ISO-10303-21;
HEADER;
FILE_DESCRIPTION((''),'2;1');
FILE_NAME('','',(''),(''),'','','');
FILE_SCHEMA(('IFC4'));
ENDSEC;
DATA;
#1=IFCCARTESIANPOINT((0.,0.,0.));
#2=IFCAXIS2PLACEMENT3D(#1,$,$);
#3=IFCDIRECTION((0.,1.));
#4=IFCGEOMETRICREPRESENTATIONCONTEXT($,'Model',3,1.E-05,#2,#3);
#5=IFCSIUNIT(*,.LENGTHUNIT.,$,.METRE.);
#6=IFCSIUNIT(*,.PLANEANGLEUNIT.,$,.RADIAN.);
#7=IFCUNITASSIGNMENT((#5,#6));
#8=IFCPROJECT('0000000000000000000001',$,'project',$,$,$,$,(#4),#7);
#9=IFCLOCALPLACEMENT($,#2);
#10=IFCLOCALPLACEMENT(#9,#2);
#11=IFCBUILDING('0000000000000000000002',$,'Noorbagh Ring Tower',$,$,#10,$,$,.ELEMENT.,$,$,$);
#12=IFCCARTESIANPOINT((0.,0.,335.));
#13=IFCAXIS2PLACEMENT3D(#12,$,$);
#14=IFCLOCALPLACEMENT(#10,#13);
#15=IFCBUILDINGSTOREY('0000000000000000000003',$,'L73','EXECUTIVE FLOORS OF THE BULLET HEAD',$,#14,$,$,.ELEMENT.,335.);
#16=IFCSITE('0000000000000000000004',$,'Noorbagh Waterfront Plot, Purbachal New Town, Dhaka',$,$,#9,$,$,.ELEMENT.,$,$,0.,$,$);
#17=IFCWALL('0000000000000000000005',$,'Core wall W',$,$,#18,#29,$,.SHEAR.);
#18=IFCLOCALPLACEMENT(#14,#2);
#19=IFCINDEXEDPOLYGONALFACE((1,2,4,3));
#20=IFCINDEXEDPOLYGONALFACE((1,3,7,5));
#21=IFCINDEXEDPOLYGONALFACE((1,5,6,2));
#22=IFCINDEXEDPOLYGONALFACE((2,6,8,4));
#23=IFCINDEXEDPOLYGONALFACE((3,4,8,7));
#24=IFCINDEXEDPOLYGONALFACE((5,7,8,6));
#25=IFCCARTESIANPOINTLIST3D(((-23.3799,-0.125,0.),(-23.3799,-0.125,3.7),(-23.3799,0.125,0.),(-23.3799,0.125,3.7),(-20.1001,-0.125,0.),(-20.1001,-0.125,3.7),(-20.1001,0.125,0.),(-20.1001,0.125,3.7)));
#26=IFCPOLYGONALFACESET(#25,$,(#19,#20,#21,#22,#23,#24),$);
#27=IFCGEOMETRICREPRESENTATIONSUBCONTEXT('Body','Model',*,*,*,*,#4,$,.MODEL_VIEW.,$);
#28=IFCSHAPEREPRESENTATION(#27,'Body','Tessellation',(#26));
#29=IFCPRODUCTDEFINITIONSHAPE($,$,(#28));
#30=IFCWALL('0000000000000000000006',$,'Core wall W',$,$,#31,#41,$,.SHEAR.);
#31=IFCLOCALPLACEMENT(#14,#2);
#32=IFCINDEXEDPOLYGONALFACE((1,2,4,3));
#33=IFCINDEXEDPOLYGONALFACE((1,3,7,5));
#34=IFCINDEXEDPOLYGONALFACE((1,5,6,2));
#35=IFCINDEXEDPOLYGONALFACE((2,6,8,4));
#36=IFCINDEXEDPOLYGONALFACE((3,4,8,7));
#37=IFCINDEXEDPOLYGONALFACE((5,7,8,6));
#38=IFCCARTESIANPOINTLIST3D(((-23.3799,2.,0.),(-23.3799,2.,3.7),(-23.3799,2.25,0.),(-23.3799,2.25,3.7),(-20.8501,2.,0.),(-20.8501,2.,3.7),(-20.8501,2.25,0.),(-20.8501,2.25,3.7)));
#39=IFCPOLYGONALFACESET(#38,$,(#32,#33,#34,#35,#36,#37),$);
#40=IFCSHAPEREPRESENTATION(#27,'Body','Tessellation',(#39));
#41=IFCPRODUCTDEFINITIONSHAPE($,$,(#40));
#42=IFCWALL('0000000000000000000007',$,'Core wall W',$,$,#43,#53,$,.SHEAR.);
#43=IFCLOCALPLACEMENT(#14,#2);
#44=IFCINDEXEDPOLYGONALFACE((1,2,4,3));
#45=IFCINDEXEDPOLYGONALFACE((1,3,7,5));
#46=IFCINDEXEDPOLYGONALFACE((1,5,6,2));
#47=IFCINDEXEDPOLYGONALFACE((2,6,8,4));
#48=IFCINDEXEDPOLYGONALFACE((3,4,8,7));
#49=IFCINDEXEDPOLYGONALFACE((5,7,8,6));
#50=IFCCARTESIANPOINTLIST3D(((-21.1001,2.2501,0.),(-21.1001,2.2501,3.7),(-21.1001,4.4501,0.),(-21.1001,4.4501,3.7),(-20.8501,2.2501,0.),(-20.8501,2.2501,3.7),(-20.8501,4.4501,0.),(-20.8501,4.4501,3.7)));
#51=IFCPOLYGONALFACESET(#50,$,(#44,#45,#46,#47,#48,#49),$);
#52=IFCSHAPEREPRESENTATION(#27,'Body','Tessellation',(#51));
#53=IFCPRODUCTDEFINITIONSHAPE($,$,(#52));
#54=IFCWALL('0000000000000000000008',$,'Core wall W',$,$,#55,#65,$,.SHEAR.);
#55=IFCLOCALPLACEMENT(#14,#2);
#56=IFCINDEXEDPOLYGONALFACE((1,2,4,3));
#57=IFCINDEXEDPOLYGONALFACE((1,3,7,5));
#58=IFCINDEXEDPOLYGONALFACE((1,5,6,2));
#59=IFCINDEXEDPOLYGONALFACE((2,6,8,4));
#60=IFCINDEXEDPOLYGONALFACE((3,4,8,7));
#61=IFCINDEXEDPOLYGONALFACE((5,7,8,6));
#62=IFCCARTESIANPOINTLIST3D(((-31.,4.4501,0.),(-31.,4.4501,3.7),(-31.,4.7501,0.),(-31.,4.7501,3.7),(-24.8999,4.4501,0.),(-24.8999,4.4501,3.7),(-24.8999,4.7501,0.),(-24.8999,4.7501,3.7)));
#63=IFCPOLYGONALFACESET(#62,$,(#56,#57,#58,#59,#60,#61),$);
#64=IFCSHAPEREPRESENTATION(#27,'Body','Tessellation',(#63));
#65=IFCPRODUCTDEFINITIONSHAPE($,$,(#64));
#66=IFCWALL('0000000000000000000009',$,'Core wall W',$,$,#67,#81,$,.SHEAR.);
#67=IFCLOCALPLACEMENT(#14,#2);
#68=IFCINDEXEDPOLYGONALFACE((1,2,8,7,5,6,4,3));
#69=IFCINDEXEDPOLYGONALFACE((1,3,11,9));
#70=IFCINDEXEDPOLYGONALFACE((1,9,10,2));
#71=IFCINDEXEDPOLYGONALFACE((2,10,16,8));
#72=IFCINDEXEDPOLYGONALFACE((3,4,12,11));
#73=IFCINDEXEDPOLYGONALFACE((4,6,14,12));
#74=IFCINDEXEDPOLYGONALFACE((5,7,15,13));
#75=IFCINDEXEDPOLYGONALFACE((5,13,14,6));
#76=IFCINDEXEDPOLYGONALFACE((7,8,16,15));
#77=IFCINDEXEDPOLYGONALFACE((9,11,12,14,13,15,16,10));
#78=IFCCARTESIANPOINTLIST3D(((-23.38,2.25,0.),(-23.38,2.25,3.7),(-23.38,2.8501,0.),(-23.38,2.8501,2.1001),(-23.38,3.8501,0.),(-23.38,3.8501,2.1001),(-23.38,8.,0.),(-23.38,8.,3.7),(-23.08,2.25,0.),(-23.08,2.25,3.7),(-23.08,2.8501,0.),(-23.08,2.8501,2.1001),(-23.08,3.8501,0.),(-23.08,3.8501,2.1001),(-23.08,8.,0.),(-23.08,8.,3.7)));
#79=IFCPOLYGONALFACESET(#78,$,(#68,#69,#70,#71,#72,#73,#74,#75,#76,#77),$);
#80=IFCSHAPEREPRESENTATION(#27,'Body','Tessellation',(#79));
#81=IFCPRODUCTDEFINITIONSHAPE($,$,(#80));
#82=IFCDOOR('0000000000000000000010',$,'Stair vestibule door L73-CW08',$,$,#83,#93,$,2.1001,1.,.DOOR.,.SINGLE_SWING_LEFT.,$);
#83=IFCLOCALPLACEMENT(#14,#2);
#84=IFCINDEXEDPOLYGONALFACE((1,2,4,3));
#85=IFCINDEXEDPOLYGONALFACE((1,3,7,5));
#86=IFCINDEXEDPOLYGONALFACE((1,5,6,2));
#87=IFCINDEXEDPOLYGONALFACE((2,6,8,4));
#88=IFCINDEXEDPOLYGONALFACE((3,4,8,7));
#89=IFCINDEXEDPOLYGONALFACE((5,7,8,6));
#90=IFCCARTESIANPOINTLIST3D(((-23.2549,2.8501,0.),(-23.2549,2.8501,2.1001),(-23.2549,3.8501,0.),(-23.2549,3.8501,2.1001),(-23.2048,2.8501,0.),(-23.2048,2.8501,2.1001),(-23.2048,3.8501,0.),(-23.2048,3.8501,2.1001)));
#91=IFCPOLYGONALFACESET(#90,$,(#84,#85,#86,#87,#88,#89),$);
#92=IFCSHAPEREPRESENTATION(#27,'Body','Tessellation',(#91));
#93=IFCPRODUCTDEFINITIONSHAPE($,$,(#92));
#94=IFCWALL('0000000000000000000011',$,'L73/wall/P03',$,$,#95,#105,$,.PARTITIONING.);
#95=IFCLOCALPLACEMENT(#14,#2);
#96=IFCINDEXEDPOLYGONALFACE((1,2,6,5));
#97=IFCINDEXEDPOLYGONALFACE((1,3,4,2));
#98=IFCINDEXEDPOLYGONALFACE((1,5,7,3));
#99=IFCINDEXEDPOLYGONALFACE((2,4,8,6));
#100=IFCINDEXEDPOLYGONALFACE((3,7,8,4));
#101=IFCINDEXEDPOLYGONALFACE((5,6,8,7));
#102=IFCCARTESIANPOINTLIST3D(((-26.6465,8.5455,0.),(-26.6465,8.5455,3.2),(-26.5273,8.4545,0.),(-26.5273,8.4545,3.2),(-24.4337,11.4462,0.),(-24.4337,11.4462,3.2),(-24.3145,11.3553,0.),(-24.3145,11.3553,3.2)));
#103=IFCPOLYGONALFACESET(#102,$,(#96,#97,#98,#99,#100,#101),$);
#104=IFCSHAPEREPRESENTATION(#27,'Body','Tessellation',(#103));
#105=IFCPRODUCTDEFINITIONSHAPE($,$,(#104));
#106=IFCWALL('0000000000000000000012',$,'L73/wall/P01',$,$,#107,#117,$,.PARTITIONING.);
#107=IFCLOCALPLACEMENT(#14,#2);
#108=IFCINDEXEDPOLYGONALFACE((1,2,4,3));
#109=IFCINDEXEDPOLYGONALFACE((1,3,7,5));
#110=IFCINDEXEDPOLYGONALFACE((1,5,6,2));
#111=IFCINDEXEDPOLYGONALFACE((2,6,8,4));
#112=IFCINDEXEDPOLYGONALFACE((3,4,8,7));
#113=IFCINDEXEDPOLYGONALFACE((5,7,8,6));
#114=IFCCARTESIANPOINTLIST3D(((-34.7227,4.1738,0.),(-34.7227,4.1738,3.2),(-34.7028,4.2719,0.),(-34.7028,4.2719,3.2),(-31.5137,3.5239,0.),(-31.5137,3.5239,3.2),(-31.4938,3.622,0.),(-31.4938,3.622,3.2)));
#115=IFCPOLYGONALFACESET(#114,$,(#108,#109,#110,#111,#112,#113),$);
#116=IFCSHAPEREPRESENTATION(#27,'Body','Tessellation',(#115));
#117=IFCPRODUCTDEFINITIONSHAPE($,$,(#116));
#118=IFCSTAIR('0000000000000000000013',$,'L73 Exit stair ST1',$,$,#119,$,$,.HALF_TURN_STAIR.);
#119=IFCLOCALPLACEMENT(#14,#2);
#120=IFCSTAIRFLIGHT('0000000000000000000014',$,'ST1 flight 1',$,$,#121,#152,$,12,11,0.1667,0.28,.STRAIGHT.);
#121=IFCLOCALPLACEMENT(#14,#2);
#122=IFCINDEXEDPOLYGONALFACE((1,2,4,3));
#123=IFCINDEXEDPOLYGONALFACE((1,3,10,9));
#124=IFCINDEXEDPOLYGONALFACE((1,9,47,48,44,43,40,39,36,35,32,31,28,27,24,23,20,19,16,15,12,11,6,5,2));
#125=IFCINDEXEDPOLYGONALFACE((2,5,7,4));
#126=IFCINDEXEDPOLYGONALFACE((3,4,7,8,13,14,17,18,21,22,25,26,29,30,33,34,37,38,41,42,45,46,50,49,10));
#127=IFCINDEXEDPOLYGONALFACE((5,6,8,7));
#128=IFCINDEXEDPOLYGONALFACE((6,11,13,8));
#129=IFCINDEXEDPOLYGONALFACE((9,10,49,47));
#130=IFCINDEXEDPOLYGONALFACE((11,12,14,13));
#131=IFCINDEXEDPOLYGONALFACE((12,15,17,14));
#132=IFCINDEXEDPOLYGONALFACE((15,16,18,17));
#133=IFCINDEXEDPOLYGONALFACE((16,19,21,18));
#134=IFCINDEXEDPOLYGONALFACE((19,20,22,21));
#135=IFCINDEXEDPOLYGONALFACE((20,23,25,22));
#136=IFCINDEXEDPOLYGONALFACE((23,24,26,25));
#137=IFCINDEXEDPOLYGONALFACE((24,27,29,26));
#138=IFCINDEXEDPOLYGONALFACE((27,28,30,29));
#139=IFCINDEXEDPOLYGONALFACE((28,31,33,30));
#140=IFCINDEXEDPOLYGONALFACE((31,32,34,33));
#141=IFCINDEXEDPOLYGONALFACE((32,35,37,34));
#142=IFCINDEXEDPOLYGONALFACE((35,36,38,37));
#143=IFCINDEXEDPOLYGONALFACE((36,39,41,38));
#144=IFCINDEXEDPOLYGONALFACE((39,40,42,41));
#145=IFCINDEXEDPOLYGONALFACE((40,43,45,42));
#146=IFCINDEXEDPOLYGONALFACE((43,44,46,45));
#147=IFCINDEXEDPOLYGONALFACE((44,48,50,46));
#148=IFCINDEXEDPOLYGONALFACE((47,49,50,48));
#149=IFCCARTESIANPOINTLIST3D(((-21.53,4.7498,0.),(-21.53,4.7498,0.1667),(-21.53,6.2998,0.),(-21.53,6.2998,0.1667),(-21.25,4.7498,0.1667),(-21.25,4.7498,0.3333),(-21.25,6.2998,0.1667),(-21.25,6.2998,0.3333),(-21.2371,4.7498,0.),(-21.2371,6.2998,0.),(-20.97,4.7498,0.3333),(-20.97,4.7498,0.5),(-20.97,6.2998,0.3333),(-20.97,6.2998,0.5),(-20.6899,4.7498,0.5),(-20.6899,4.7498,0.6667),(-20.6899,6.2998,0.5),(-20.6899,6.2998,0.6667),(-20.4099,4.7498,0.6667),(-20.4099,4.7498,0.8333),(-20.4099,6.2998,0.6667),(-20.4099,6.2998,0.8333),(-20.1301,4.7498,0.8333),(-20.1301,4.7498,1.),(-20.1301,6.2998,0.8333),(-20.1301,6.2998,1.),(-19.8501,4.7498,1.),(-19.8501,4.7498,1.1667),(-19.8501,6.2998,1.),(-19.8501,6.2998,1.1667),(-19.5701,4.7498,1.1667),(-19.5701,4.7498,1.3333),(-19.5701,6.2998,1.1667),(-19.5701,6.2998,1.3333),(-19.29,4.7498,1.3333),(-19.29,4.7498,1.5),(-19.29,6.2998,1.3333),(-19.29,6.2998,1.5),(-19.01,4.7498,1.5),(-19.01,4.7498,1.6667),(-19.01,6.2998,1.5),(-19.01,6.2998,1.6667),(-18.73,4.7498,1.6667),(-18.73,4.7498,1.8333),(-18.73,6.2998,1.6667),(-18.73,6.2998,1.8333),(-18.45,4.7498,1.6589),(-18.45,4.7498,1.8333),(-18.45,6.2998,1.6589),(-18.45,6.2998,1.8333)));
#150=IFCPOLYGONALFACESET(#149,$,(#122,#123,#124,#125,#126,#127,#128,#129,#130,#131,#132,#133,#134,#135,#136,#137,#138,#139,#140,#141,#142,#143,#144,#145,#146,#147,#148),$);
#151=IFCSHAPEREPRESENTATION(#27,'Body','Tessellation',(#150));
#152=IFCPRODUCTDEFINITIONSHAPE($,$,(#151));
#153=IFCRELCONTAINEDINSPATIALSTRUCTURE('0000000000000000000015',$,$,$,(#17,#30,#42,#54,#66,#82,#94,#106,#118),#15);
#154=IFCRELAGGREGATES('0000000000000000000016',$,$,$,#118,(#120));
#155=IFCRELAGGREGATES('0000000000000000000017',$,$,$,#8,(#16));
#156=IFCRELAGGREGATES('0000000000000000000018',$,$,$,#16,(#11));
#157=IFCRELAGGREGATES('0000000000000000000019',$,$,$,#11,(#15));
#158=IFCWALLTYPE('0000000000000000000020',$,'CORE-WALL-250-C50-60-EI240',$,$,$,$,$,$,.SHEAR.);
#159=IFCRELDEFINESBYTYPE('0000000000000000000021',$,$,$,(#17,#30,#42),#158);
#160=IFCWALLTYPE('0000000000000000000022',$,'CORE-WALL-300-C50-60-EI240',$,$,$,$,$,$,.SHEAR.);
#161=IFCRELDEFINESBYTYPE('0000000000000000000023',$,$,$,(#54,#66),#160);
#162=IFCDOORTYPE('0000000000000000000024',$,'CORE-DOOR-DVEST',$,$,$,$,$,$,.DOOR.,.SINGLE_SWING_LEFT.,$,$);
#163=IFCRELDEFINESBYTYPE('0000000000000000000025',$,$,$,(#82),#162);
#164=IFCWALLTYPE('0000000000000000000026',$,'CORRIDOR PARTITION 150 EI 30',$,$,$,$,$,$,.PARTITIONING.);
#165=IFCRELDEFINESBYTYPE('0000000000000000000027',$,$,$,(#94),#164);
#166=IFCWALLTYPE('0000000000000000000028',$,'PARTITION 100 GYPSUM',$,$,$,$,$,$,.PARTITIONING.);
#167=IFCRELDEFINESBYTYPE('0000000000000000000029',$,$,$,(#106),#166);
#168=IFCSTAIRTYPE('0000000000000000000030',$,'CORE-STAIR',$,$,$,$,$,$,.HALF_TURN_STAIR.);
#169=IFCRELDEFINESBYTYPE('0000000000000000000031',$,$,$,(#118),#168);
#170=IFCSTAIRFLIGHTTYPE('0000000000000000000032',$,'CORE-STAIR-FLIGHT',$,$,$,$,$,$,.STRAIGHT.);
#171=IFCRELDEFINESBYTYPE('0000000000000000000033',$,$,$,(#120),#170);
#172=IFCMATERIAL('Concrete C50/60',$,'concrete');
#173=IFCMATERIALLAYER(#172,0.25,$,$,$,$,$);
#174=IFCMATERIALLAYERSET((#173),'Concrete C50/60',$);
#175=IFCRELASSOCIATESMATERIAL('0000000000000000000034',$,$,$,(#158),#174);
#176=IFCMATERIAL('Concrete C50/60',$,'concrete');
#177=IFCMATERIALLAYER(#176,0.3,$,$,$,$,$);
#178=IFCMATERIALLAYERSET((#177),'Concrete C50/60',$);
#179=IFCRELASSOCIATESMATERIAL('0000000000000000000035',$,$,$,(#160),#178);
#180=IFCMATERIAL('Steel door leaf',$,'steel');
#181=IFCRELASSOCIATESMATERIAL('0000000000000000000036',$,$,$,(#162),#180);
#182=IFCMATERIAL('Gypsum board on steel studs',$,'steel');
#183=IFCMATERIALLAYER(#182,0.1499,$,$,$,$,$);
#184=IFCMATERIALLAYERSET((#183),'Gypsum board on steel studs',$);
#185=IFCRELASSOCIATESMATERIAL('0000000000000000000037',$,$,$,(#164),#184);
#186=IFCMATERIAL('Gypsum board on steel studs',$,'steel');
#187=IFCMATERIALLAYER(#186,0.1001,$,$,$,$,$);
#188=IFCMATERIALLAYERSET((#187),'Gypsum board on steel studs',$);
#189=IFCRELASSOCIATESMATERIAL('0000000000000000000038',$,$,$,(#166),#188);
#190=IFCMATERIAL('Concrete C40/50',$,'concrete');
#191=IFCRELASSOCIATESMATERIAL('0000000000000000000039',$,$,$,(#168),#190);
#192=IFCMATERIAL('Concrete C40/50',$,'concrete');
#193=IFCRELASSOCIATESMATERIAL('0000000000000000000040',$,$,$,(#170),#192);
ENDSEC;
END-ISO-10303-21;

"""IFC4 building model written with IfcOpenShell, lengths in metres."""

from ifc_helpers import new_model, si_unit, direction, frame, frame_2d, origin, place, context, subcontext, project, spatial, polyline, rectangle, outline, extrude, material, layer, layer_set, type_object, element, fill, aggregate, save


model = new_model("IFC4")

# Units and contexts
model_context = context("Model", 3, precision=1e-05, world=origin(), true_north=direction((0.0, 1.0)))
body_context = subcontext(model_context, "Body", "Model", "MODEL_VIEW")
ifc_project = project(units=[si_unit("LENGTHUNIT", "METRE"), si_unit("PLANEANGLEUNIT", "RADIAN")], contexts=[model_context])

# Site, building, storey
site_placement = place(None, origin())
site = spatial("IfcSite", under=ifc_project, at=site_placement, Name="Noorbagh Waterfront Plot, Purbachal New Town, Dhaka", CompositionType="ELEMENT", RefElevation=0.0)
building_placement = place(site_placement, origin())
building = spatial("IfcBuilding", under=site, at=building_placement, Name="Noorbagh Ring Tower", CompositionType="ELEMENT")
storey_placement = place(building_placement, frame((0.0, 0.0, 335.0)))
storey = spatial("IfcBuildingStorey", under=building, at=storey_placement, Name="L73", Description="EXECUTIVE FLOORS OF THE BULLET HEAD", CompositionType="ELEMENT", Elevation=335.0)

# Walls
ifc_material_1 = material(Name="Concrete C50/60", Category="concrete")
ifc_layer_1 = layer(ifc_material_1, 0.25)
ifc_layer_set_1 = layer_set([ifc_layer_1], Name="Concrete C50/60")
wall_type_1 = type_object("IfcWallType", Name="CORE-WALL-250-C50-60-EI240", PredefinedType="SHEAR", material=ifc_layer_set_1)
wall_1_placement = place(storey_placement, frame((-20.1001, 0.0, 0.0), z_axis=(0.0, 0.0, 1.0), x_axis=(-1.0, 0.0, 0.0)))
element("IfcWall", 1, at=wall_1_placement, inside=storey, type_object=wall_type_1, Name="Core wall W", PredefinedType="SHEAR", context=body_context, shape_type="SweptSolid", body=[
    extrude(rectangle(XDim=3.2798, YDim=0.25, at=frame_2d((1.6399, 0.0))), origin(), (0.0, 0.0, 1.0), 3.7),
])
wall_2_placement = place(storey_placement, frame((-20.8501, 2.125, 0.0), z_axis=(0.0, 0.0, 1.0), x_axis=(-1.0, 0.0, 0.0)))
element("IfcWall", 2, at=wall_2_placement, inside=storey, type_object=wall_type_1, Name="Core wall W", PredefinedType="SHEAR", context=body_context, shape_type="SweptSolid", body=[
    extrude(rectangle(XDim=2.5298, YDim=0.25, at=frame_2d((1.2649, 0.0))), origin(), (0.0, 0.0, 1.0), 3.7),
])
wall_3_placement = place(storey_placement, frame((-20.9751, 2.25, 0.0), z_axis=(0.0, 0.0, 1.0), x_axis=(0.0, 1.0, 0.0)))
element("IfcWall", 3, at=wall_3_placement, inside=storey, type_object=wall_type_1, Name="Core wall W", PredefinedType="SHEAR", context=body_context, shape_type="SweptSolid", body=[
    extrude(rectangle(XDim=2.2, YDim=0.25, at=frame_2d((1.1001, 0.0))), origin(), (0.0, 0.0, 1.0), 3.7),
])
ifc_material_2 = material(Name="Concrete C50/60", Category="concrete")
ifc_layer_2 = layer(ifc_material_2, 0.3)
ifc_layer_set_2 = layer_set([ifc_layer_2], Name="Concrete C50/60")
wall_type_2 = type_object("IfcWallType", Name="CORE-WALL-300-C50-60-EI240", PredefinedType="SHEAR", material=ifc_layer_set_2)
wall_4_placement = place(storey_placement, frame((-24.8999, 4.6001, 0.0), z_axis=(0.0, 0.0, 1.0), x_axis=(-1.0, 0.0, 0.0)))
element("IfcWall", 4, at=wall_4_placement, inside=storey, type_object=wall_type_2, Name="Core wall W", PredefinedType="SHEAR", context=body_context, shape_type="SweptSolid", body=[
    extrude(rectangle(XDim=6.1001, YDim=0.3, at=frame_2d((3.05, 0.0))), origin(), (0.0, 0.0, 1.0), 3.7),
])

# Wall, opening, door
wall_5_placement = place(storey_placement, frame((-23.23, 2.25, 0.0), z_axis=(0.0, 0.0, 1.0), x_axis=(0.0, 1.0, 0.0)))
wall_5 = element("IfcWall", 5, at=wall_5_placement, inside=storey, type_object=wall_type_2, Name="Core wall W", PredefinedType="SHEAR", context=body_context, shape_type="SweptSolid", body=[
    extrude(rectangle(XDim=5.75, YDim=0.3, at=frame_2d((2.875, 0.0))), origin(), (0.0, 0.0, 1.0), 3.7),
])
opening_1_placement = place(wall_5_placement, frame((0.6001, 0.0, 0.0)))
opening_1 = element("IfcOpeningElement", 6, at=opening_1_placement, cuts=wall_5, PredefinedType="OPENING", context=body_context, shape_type="SweptSolid", body=[
    extrude(rectangle(XDim=1.0, YDim=2.1001, at=frame_2d((0.5, 1.05))), frame((0.0, 0.1602, 0.0), z_axis=(0.0, -1.0, 0.0), x_axis=(1.0, 0.0, 0.0)), (0.0, 0.0, 1.0), 0.3201),
])
ifc_material_3 = material(Name="Steel door leaf", Category="steel")
door_type_1 = type_object("IfcDoorType", Name="CORE-DOOR-DVEST", OperationType="SINGLE_SWING_LEFT", PredefinedType="DOOR", material=ifc_material_3)
door_1_placement = place(opening_1_placement, origin())
door_1 = element("IfcDoor", 7, at=door_1_placement, inside=storey, type_object=door_type_1, Name="Stair vestibule door L73-CW08", OperationType="SINGLE_SWING_LEFT", OverallHeight=2.1001, OverallWidth=1.0, PredefinedType="DOOR", context=body_context, shape_type="SweptSolid", body=[
    extrude(rectangle(XDim=1.0, YDim=2.1001, at=frame_2d((0.5, 1.05))), frame((0.0, 0.0249, 0.0), z_axis=(0.0, -1.0, 0.0), x_axis=(1.0, 0.0, 0.0)), (0.0, 0.0, 1.0), 0.05),
])
fill(opening_1, door_1)

# Walls
ifc_material_4 = material(Name="Gypsum board on steel studs", Category="steel")
ifc_layer_3 = layer(ifc_material_4, 0.1499)
ifc_layer_set_3 = layer_set([ifc_layer_3], Name="Gypsum board on steel studs")
wall_type_3 = type_object("IfcWallType", Name="CORRIDOR PARTITION 150 EI 30", PredefinedType="PARTITIONING", material=ifc_layer_set_3)
wall_6_placement = place(storey_placement, frame((-26.5869, 8.5, 0.0), z_axis=(0.0, 0.0, 1.0), x_axis=(0.606511, 0.795075, 0.0)))
element("IfcWall", 8, at=wall_6_placement, inside=storey, type_object=wall_type_3, Name="L73/wall/P03", PredefinedType="PARTITIONING", context=body_context, shape_type="SweptSolid", body=[
    extrude(rectangle(XDim=3.6484, YDim=0.1499, at=frame_2d((1.8242, 0.0))), origin(), (0.0, 0.0, 1.0), 3.2),
])
ifc_material_5 = material(Name="Gypsum board on steel studs", Category="steel")
ifc_layer_4 = layer(ifc_material_5, 0.1001)
ifc_layer_set_4 = layer_set([ifc_layer_4], Name="Gypsum board on steel studs")
wall_type_4 = type_object("IfcWallType", Name="PARTITION 100 GYPSUM", PredefinedType="PARTITIONING", material=ifc_layer_set_4)
wall_7_placement = place(storey_placement, frame((-34.7129, 4.2229, 0.0), z_axis=(0.0, 0.0, 1.0), x_axis=(0.980102, -0.198496, 0.0)))
element("IfcWall", 9, at=wall_7_placement, inside=storey, type_object=wall_type_4, Name="L73/wall/P01", PredefinedType="PARTITIONING", context=body_context, shape_type="SweptSolid", body=[
    extrude(rectangle(XDim=3.2742, YDim=0.1001, at=frame_2d((1.6372, 0.0))), origin(), (0.0, 0.0, 1.0), 3.2),
])

# Stair, stair flight
ifc_material_6 = material(Name="Concrete C40/50", Category="concrete")
stair_type = type_object("IfcStairType", Name="CORE-STAIR", PredefinedType="HALF_TURN_STAIR", material=ifc_material_6)
stair_placement = place(storey_placement, origin())
stair = element("IfcStair", 10, at=stair_placement, inside=storey, type_object=stair_type, Name="L73 Exit stair ST1", PredefinedType="HALF_TURN_STAIR")
ifc_material_7 = material(Name="Concrete C40/50", Category="concrete")
stair_flight_type = type_object("IfcStairFlightType", Name="CORE-STAIR-FLIGHT", PredefinedType="STRAIGHT", material=ifc_material_7)
stair_flight_placement = place(storey_placement, frame((-21.53, 5.5249, 0.0), z_axis=(0.0, 0.0, 1.0), x_axis=(1.0, 0.0, 0.0)))
stair_flight = element("IfcStairFlight", 11, at=stair_flight_placement, type_object=stair_flight_type, Name="ST1 flight 1", NumberOfRisers=12, NumberOfTreads=11, PredefinedType="STRAIGHT", RiserHeight=0.1667, TreadLength=0.28, context=body_context, shape_type="SweptSolid", body=[
    extrude(outline(polyline([(0.0, 0.0), (0.0, 0.1667), (0.28, 0.1667), (0.28, 0.3333), (0.5601, 0.3333), (0.5601, 0.5), (0.8401, 0.5), (0.8401, 0.6667), (1.1201, 0.6667), (1.1201, 0.8333), (1.3999, 0.8333), (1.3999, 1.0), (1.6799, 1.0), (1.6799, 1.1667), (1.96, 1.1667), (1.96, 1.3333), (2.24, 1.3333), (2.24, 1.5), (2.52, 1.5), (2.52, 1.6667), (2.8, 1.6667), (2.8, 1.8333), (3.0801, 1.8333), (3.0801, 2.0), (3.0801, 1.6589), (0.293, 0.0), (0.0, 0.0)])), frame((0.0, 0.7749, 0.0), z_axis=(0.0, -1.0, 0.0), x_axis=(1.0, 0.0, 0.0)), (0.0, 0.0, 1.0), 1.55),
])
aggregate(stair, [stair_flight])

save(model, "model.ifc")
